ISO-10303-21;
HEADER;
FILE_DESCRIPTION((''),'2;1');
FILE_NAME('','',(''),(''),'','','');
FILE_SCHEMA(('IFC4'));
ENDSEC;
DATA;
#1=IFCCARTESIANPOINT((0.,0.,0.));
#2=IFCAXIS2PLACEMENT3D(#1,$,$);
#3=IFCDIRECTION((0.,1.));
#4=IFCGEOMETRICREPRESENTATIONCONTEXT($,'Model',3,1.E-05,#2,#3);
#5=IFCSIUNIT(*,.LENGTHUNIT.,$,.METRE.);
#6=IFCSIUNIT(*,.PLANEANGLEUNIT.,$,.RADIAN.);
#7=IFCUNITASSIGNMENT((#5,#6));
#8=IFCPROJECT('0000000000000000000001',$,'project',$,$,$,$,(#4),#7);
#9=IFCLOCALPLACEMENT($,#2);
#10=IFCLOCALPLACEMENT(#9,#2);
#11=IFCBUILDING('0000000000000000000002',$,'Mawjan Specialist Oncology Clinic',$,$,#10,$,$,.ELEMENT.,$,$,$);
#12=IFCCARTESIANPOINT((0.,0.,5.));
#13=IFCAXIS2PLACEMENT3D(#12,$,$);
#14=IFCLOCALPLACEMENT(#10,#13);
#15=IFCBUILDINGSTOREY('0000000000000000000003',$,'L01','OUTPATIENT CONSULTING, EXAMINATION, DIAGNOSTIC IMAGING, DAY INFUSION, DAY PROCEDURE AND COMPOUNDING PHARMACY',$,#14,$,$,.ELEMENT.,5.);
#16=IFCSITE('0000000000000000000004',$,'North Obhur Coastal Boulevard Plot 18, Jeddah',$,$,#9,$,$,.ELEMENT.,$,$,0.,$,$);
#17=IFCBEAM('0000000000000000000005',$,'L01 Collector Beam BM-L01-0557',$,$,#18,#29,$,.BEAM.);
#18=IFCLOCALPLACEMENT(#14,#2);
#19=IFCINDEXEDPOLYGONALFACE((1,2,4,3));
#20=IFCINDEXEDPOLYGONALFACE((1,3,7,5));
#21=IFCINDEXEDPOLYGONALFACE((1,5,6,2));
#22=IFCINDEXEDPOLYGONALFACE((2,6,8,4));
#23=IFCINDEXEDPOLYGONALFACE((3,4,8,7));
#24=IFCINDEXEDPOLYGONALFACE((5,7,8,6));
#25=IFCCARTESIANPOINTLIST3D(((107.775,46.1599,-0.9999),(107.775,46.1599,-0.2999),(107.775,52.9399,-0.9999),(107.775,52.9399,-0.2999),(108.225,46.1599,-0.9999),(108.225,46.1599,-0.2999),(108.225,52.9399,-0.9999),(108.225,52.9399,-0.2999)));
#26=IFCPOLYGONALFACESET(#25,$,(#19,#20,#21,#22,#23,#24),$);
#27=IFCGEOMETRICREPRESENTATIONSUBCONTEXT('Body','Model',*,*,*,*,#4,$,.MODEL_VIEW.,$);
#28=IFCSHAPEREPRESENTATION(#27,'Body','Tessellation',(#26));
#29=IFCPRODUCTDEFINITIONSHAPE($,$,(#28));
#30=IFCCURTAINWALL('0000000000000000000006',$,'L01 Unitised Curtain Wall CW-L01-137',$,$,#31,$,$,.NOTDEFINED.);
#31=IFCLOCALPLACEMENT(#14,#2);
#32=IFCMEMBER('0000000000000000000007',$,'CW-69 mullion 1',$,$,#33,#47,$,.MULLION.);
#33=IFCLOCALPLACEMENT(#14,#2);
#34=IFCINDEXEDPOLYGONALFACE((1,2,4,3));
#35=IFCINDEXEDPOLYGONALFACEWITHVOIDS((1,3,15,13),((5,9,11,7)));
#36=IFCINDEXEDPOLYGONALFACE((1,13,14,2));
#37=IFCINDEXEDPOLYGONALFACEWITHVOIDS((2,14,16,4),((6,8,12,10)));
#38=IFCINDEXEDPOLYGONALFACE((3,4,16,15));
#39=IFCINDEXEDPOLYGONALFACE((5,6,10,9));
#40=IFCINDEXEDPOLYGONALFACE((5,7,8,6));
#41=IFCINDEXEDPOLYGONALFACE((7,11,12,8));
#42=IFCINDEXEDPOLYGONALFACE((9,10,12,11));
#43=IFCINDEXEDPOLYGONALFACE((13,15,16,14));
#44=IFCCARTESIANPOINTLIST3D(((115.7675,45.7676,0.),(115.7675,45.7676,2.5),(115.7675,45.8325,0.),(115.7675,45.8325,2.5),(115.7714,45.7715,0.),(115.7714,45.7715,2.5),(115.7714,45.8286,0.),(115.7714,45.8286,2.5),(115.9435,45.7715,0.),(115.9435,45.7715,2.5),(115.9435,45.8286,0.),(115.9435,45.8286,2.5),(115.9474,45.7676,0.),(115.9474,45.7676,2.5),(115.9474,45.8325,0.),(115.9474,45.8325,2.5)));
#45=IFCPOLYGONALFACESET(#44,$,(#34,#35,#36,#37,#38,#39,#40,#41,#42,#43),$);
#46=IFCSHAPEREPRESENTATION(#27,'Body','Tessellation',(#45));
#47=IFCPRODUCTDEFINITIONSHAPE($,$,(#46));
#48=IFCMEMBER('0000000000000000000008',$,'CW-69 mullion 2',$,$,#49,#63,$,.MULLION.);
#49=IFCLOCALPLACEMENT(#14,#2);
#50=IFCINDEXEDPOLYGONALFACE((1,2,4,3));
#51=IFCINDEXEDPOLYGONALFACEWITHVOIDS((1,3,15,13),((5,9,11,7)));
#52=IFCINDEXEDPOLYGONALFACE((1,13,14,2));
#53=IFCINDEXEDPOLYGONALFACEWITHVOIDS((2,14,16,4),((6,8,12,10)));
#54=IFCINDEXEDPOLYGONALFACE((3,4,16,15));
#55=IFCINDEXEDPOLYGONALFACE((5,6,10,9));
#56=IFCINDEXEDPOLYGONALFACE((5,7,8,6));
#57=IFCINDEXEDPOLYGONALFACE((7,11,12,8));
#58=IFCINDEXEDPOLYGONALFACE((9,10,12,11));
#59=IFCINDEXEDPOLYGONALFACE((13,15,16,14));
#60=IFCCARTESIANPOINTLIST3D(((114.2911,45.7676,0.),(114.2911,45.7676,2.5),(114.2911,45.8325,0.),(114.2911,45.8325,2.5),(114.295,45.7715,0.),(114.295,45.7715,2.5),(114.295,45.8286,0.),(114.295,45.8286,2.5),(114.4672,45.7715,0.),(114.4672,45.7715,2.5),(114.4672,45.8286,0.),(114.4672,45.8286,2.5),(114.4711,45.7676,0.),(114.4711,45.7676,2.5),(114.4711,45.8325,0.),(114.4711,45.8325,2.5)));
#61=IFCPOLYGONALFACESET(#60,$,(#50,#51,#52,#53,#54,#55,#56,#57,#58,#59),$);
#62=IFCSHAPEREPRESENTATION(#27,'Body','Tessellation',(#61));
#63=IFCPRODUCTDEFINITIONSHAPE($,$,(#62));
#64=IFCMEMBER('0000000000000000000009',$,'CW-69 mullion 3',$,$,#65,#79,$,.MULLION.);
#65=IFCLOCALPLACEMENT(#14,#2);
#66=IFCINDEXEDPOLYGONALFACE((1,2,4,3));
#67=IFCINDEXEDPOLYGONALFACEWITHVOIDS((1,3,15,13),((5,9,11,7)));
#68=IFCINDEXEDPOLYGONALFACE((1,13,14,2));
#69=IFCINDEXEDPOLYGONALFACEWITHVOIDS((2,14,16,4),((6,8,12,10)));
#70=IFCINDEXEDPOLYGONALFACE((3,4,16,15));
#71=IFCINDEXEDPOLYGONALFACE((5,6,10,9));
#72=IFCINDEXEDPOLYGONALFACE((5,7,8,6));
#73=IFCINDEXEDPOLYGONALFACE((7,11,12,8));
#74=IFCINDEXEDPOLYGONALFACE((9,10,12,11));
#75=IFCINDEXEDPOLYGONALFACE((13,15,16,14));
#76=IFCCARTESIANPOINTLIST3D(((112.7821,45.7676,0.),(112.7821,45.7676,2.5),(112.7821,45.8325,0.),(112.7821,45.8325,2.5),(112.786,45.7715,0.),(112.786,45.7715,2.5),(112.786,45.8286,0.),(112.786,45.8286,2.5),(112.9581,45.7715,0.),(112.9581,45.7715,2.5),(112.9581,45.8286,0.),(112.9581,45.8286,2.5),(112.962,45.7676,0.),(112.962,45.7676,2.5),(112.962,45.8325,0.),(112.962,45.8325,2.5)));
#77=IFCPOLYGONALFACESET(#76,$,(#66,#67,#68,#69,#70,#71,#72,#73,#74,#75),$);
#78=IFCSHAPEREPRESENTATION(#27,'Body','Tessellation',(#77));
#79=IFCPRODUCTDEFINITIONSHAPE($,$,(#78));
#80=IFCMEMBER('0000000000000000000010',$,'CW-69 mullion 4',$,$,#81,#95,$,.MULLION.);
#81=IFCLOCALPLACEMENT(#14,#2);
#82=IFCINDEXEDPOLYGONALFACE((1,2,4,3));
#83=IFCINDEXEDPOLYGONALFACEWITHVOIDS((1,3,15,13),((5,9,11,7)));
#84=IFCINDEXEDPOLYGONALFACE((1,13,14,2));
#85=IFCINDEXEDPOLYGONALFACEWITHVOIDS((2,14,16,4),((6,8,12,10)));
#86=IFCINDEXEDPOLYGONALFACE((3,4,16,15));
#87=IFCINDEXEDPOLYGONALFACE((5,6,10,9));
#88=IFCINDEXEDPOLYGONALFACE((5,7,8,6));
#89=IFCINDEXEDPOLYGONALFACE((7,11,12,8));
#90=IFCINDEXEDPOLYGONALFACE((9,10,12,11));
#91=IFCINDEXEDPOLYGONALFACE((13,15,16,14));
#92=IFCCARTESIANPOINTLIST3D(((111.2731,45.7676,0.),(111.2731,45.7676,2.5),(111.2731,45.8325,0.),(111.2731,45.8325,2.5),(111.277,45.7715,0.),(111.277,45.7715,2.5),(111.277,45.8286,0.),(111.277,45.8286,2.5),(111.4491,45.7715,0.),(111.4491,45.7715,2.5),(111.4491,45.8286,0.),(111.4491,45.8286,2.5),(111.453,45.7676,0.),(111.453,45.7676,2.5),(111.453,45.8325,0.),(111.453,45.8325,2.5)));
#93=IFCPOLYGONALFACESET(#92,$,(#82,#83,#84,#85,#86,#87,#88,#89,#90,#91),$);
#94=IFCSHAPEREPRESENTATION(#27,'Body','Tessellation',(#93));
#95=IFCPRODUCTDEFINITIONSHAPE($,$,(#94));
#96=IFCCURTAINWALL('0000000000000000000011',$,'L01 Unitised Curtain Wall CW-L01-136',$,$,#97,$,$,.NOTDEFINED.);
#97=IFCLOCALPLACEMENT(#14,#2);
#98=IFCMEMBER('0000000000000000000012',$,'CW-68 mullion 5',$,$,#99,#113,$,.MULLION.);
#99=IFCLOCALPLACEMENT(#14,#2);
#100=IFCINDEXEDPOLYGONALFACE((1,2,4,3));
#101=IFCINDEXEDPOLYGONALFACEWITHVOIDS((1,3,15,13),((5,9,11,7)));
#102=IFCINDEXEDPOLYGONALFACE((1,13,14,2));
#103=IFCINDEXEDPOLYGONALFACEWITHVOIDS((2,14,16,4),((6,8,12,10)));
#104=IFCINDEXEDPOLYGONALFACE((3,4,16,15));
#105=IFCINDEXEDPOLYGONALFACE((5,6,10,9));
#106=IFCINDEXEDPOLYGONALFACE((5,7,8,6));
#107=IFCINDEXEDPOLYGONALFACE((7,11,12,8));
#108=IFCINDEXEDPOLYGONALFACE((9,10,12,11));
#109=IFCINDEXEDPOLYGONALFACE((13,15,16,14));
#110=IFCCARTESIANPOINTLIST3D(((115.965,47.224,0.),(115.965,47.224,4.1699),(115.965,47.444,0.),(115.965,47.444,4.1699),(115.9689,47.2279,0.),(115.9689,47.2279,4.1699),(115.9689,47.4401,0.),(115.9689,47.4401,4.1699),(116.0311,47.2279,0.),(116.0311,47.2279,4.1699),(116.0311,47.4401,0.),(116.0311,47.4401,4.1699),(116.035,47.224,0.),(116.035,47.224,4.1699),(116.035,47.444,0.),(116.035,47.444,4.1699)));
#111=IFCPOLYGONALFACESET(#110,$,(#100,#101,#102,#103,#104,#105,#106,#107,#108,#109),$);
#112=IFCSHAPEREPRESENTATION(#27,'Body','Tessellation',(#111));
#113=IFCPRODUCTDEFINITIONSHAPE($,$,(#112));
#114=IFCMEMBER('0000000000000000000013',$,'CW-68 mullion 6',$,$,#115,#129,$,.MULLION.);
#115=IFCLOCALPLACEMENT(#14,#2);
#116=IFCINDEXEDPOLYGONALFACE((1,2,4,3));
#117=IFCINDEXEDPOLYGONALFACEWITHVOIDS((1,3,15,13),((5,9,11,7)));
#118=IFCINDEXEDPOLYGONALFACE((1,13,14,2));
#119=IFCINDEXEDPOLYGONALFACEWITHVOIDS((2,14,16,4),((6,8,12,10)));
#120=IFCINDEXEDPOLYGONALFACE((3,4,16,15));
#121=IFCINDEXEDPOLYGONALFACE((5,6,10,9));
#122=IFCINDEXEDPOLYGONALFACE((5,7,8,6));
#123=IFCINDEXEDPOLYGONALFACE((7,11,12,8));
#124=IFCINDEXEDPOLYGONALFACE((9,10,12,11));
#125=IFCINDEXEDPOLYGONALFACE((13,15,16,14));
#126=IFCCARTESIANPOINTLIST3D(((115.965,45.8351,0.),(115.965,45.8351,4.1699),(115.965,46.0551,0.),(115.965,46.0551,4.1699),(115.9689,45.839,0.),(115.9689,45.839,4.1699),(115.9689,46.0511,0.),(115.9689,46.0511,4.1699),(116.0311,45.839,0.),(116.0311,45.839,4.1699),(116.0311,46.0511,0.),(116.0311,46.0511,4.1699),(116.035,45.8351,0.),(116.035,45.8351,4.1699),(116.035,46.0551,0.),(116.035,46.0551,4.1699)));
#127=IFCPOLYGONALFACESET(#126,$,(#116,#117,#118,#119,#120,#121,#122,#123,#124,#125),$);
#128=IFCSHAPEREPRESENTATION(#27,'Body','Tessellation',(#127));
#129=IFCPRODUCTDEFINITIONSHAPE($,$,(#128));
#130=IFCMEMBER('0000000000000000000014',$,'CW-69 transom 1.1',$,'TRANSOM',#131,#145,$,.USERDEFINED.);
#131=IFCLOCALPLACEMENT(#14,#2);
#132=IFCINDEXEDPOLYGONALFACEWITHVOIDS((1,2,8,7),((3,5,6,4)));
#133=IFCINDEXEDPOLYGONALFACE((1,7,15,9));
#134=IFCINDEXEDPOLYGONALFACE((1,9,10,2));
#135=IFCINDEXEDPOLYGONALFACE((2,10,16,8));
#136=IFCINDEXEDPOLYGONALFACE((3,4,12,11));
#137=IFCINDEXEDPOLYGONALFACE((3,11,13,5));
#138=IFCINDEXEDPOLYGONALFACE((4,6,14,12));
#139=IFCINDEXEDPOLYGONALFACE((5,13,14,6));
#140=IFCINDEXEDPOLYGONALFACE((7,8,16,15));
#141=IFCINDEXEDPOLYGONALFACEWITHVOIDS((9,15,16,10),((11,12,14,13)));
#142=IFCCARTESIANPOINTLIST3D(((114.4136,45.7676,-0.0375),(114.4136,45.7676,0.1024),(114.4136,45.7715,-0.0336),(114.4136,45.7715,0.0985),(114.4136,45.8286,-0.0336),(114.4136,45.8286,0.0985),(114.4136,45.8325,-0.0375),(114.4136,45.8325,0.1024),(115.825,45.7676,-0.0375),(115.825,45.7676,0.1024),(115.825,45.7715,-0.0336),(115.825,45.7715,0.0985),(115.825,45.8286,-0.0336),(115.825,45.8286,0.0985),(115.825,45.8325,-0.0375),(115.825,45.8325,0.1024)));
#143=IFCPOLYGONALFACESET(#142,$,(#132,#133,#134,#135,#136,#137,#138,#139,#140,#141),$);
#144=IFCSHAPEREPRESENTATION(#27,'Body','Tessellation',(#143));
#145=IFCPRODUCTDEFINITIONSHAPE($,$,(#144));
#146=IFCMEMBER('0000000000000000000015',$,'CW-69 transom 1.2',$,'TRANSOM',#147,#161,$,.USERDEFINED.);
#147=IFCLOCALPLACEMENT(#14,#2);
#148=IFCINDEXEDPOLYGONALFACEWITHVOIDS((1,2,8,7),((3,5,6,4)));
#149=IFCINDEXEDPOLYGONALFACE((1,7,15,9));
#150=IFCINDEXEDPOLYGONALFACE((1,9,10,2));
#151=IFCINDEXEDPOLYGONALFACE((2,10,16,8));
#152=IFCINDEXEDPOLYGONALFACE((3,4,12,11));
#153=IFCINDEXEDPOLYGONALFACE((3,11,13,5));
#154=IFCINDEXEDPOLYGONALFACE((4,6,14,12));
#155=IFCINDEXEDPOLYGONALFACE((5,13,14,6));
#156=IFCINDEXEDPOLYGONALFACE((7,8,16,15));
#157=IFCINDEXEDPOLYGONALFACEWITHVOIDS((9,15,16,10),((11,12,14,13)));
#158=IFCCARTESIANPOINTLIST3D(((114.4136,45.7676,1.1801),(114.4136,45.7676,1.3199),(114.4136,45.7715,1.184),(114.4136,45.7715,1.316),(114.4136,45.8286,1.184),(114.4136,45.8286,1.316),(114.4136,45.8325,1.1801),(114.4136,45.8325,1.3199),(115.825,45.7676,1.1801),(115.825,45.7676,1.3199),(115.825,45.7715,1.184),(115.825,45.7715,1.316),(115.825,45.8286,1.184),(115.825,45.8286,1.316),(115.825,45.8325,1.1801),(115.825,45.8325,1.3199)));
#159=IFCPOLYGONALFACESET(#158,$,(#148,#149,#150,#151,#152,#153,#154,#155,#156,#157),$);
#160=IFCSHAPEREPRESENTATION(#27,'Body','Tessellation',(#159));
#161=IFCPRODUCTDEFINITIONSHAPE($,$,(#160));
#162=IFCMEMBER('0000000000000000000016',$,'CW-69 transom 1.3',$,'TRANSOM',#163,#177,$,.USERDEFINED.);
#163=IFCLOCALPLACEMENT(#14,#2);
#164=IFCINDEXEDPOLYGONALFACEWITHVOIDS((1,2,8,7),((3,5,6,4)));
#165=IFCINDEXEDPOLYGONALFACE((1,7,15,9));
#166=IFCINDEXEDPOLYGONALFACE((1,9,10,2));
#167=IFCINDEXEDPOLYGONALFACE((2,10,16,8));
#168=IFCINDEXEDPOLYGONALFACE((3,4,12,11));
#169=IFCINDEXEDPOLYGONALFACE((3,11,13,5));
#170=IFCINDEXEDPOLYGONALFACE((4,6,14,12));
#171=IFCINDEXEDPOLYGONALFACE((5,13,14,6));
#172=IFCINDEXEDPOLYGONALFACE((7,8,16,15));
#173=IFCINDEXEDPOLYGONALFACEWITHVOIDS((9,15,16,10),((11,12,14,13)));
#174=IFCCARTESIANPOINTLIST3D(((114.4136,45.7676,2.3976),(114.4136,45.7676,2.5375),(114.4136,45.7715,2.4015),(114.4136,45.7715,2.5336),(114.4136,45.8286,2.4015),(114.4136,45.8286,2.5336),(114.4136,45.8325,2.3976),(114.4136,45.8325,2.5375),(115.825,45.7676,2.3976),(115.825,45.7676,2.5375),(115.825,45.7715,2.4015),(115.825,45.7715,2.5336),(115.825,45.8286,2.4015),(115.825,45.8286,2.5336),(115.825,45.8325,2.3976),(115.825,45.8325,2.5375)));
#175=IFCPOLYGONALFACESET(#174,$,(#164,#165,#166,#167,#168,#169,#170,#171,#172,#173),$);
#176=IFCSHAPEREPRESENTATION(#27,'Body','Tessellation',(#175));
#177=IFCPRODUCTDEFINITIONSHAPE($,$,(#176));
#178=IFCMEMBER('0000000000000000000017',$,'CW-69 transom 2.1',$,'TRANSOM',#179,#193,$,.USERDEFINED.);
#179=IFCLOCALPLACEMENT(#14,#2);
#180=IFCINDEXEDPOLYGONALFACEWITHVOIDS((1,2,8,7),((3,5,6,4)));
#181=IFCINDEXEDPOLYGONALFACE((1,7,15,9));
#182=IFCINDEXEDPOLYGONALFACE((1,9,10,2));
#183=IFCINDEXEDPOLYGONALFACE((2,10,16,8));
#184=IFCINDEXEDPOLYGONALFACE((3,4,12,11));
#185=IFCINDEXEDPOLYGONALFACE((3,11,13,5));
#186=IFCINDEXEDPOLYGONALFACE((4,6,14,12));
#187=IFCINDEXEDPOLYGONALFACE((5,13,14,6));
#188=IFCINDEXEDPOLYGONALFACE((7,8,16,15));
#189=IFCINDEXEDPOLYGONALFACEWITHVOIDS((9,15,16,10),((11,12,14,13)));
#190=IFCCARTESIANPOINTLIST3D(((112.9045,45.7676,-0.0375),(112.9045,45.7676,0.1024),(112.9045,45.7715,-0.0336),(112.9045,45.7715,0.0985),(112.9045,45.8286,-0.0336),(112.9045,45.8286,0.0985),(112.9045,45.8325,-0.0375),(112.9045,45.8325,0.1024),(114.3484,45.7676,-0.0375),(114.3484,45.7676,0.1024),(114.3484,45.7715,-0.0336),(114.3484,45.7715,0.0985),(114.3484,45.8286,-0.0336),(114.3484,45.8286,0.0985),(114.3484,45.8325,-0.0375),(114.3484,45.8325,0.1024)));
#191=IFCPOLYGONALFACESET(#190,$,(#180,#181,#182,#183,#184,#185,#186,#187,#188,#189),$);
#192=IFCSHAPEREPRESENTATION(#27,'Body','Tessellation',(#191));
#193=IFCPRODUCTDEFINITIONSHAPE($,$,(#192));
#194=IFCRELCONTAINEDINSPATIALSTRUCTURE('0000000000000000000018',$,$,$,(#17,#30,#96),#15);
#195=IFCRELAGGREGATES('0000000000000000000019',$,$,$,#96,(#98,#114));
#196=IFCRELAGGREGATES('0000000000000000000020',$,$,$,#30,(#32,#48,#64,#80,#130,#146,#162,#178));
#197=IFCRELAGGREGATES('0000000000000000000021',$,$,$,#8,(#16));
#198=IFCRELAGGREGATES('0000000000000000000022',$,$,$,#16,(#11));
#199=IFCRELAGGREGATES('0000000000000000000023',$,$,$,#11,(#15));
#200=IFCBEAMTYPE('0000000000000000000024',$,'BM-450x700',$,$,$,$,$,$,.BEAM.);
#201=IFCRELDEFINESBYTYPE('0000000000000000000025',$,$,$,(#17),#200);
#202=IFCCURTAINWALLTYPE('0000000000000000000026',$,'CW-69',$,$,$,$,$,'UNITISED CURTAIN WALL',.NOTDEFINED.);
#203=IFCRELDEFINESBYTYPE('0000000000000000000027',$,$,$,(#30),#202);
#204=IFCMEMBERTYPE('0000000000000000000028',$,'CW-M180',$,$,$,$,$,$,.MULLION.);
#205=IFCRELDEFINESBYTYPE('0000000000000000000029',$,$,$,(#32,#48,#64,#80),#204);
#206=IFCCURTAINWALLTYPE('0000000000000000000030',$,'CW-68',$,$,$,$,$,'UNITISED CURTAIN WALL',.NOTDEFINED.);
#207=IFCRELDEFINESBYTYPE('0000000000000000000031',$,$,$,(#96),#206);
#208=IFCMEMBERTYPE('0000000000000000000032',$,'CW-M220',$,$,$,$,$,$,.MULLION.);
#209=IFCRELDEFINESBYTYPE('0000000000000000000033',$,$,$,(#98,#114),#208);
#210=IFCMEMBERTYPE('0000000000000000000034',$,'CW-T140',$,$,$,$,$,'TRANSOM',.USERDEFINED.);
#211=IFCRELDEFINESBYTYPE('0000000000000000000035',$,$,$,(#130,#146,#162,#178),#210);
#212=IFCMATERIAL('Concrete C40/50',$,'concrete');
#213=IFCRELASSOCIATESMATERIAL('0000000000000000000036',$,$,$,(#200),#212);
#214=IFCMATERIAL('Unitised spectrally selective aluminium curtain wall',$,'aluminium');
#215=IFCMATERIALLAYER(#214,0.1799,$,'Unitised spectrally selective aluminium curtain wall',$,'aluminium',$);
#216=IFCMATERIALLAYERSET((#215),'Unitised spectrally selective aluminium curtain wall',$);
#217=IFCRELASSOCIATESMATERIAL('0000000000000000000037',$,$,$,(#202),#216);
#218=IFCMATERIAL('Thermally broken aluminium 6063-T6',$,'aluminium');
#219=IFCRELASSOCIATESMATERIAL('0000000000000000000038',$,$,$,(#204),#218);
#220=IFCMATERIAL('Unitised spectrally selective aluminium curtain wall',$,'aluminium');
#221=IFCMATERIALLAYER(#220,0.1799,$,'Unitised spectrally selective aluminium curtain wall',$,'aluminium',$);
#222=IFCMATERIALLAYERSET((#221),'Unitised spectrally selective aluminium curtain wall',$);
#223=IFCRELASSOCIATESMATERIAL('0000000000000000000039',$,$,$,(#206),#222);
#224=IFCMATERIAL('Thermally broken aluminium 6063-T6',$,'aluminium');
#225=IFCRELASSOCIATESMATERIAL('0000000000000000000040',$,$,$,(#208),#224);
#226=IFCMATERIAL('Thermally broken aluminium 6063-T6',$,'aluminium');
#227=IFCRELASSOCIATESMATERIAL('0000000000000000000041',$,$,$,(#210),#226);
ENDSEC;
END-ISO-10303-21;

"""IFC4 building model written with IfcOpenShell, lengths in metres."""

from ifc_helpers import new_model, si_unit, direction, frame, origin, origin_2d, place, context, subcontext, project, spatial, rectangle, hollow_rectangle, extrude, material, layer, layer_set, material_profile, profile_set, type_object, element, aggregate, save


model = new_model("IFC4")

# Units and contexts
model_context = context("Model", 3, precision=1e-05, world=origin(), true_north=direction((0.0, 1.0)))
body_context = subcontext(model_context, "Body", "Model", "MODEL_VIEW")
ifc_project = project(units=[si_unit("LENGTHUNIT", "METRE"), si_unit("PLANEANGLEUNIT", "RADIAN")], contexts=[model_context])

# Site, building, storey
site_placement = place(None, origin())
site = spatial("IfcSite", under=ifc_project, at=site_placement, Name="North Obhur Coastal Boulevard Plot 18, Jeddah", CompositionType="ELEMENT", RefElevation=0.0)
building_placement = place(site_placement, origin())
building = spatial("IfcBuilding", under=site, at=building_placement, Name="Mawjan Specialist Oncology Clinic", CompositionType="ELEMENT")
storey_placement = place(building_placement, frame((0.0, 0.0, 5.0)))
storey = spatial("IfcBuildingStorey", under=building, at=storey_placement, Name="L01", Description="OUTPATIENT CONSULTING, EXAMINATION, DIAGNOSTIC IMAGING, DAY INFUSION, DAY PROCEDURE AND COMPOUNDING PHARMACY", CompositionType="ELEMENT", Elevation=5.0)

# Beam
ifc_material_1 = material(Name="Concrete C40/50", Category="concrete")
ifc_material_profile_1 = material_profile(ifc_material_1, rectangle(XDim=0.45, YDim=0.7, at=origin_2d()), Name="RC BM 450x700", Category="concrete")
ifc_profile_set_1 = profile_set([ifc_material_profile_1], Name="Concrete C40/50")
beam_type = type_object("IfcBeamType", Name="BM-450x700", PredefinedType="BEAM", material=ifc_profile_set_1)
beam_placement = place(storey_placement, frame((108.0, 46.1599, -0.6499), z_axis=(0.0, 1.0, 0.0), x_axis=(-1.0, 0.0, 0.0)))
element("IfcBeam", 1, at=beam_placement, inside=storey, type_object=beam_type, Name="L01 Collector Beam BM-L01-0557", PredefinedType="BEAM", context=body_context, shape_type="SweptSolid", body=[
    extrude(rectangle(XDim=0.45, YDim=0.7, at=origin_2d()), origin(), (0.0, 0.0, 1.0), 6.78),
])

# Curtain walls, members
ifc_material_2 = material(Name="Unitised spectrally selective aluminium curtain wall", Category="aluminium")
ifc_layer_1 = layer(ifc_material_2, 0.1799, Name="Unitised spectrally selective aluminium curtain wall", Category="aluminium")
ifc_layer_set_1 = layer_set([ifc_layer_1], Name="Unitised spectrally selective aluminium curtain wall")
curtain_wall_type_1 = type_object("IfcCurtainWallType", Name="CW-69", ElementType="UNITISED CURTAIN WALL", PredefinedType="NOTDEFINED", material=ifc_layer_set_1)
curtain_wall_1_placement = place(storey_placement, origin())
curtain_wall_1 = element("IfcCurtainWall", 2, at=curtain_wall_1_placement, inside=storey, type_object=curtain_wall_type_1, Name="L01 Unitised Curtain Wall CW-L01-137", PredefinedType="NOTDEFINED")
ifc_material_3 = material(Name="Thermally broken aluminium 6063-T6", Category="aluminium")
ifc_material_profile_2 = material_profile(ifc_material_3, hollow_rectangle(XDim=0.0649, YDim=0.1799, WallThickness=0.0039, at=origin_2d()), Name="ALU MULLION 180x65x4", Category="aluminium")
ifc_profile_set_2 = profile_set([ifc_material_profile_2], Name="Thermally broken aluminium 6063-T6")
member_type_1 = type_object("IfcMemberType", Name="CW-M180", PredefinedType="MULLION", material=ifc_profile_set_2)
member_1_placement = place(storey_placement, frame((115.8574, 45.8, 0.0), z_axis=(0.0, 0.0, 1.0), x_axis=(0.0, -1.0, 0.0)))
member_1 = element("IfcMember", 3, at=member_1_placement, type_object=member_type_1, Name="CW-69 mullion 1", PredefinedType="MULLION", context=body_context, shape_type="SweptSolid", body=[
    extrude(hollow_rectangle(XDim=0.0649, YDim=0.1799, WallThickness=0.0039, at=origin_2d()), origin(), (0.0, 0.0, 1.0), 2.5),
])
member_2_placement = place(storey_placement, frame((114.3811, 45.8, 0.0), z_axis=(0.0, 0.0, 1.0), x_axis=(0.0, -1.0, 0.0)))
member_2 = element("IfcMember", 4, at=member_2_placement, type_object=member_type_1, Name="CW-69 mullion 2", PredefinedType="MULLION", context=body_context, shape_type="SweptSolid", body=[
    extrude(hollow_rectangle(XDim=0.0649, YDim=0.1799, WallThickness=0.0039, at=origin_2d()), origin(), (0.0, 0.0, 1.0), 2.5),
])
member_3_placement = place(storey_placement, frame((112.8721, 45.8, 0.0), z_axis=(0.0, 0.0, 1.0), x_axis=(0.0, -1.0, 0.0)))
member_3 = element("IfcMember", 5, at=member_3_placement, type_object=member_type_1, Name="CW-69 mullion 3", PredefinedType="MULLION", context=body_context, shape_type="SweptSolid", body=[
    extrude(hollow_rectangle(XDim=0.0649, YDim=0.1799, WallThickness=0.0039, at=origin_2d()), origin(), (0.0, 0.0, 1.0), 2.5),
])
member_4_placement = place(storey_placement, frame((111.363, 45.8, 0.0), z_axis=(0.0, 0.0, 1.0), x_axis=(0.0, -1.0, 0.0)))
member_4 = element("IfcMember", 6, at=member_4_placement, type_object=member_type_1, Name="CW-69 mullion 4", PredefinedType="MULLION", context=body_context, shape_type="SweptSolid", body=[
    extrude(hollow_rectangle(XDim=0.0649, YDim=0.1799, WallThickness=0.0039, at=origin_2d()), origin(), (0.0, 0.0, 1.0), 2.5),
])
ifc_material_4 = material(Name="Unitised spectrally selective aluminium curtain wall", Category="aluminium")
ifc_layer_2 = layer(ifc_material_4, 0.1799, Name="Unitised spectrally selective aluminium curtain wall", Category="aluminium")
ifc_layer_set_2 = layer_set([ifc_layer_2], Name="Unitised spectrally selective aluminium curtain wall")
curtain_wall_type_2 = type_object("IfcCurtainWallType", Name="CW-68", ElementType="UNITISED CURTAIN WALL", PredefinedType="NOTDEFINED", material=ifc_layer_set_2)
curtain_wall_2_placement = place(storey_placement, origin())
curtain_wall_2 = element("IfcCurtainWall", 7, at=curtain_wall_2_placement, inside=storey, type_object=curtain_wall_type_2, Name="L01 Unitised Curtain Wall CW-L01-136", PredefinedType="NOTDEFINED")
ifc_material_5 = material(Name="Thermally broken aluminium 6063-T6", Category="aluminium")
ifc_material_profile_3 = material_profile(ifc_material_5, hollow_rectangle(XDim=0.0701, YDim=0.22, WallThickness=0.0039, at=origin_2d()), Name="ALU MULLION 220x70x4", Category="aluminium")
ifc_profile_set_3 = profile_set([ifc_material_profile_3], Name="Thermally broken aluminium 6063-T6")
member_type_2 = type_object("IfcMemberType", Name="CW-M220", PredefinedType="MULLION", material=ifc_profile_set_3)
member_5_placement = place(storey_placement, frame((116.0, 47.334, 0.0), z_axis=(0.0, 0.0, 1.0), x_axis=(1.0, 0.0, 0.0)))
member_5 = element("IfcMember", 8, at=member_5_placement, type_object=member_type_2, Name="CW-68 mullion 5", PredefinedType="MULLION", context=body_context, shape_type="SweptSolid", body=[
    extrude(hollow_rectangle(XDim=0.0701, YDim=0.22, WallThickness=0.0039, at=origin_2d()), origin(), (0.0, 0.0, 1.0), 4.1699),
])
member_6_placement = place(storey_placement, frame((116.0, 45.9451, 0.0), z_axis=(0.0, 0.0, 1.0), x_axis=(1.0, 0.0, 0.0)))
member_6 = element("IfcMember", 9, at=member_6_placement, type_object=member_type_2, Name="CW-68 mullion 6", PredefinedType="MULLION", context=body_context, shape_type="SweptSolid", body=[
    extrude(hollow_rectangle(XDim=0.0701, YDim=0.22, WallThickness=0.0039, at=origin_2d()), origin(), (0.0, 0.0, 1.0), 4.1699),
])

# Members
ifc_material_6 = material(Name="Thermally broken aluminium 6063-T6", Category="aluminium")
ifc_material_profile_4 = material_profile(ifc_material_6, hollow_rectangle(XDim=0.0649, YDim=0.1399, WallThickness=0.0039, at=origin_2d()), Name="ALU TRANSOM 140x65x4", Category="aluminium")
ifc_profile_set_4 = profile_set([ifc_material_profile_4], Name="Thermally broken aluminium 6063-T6")
member_type_3 = type_object("IfcMemberType", Name="CW-T140", ElementType="TRANSOM", PredefinedType="USERDEFINED", material=ifc_profile_set_4)
member_7_placement = place(storey_placement, frame((115.825, 45.8, 0.0325), z_axis=(-1.0, 0.0, 0.0), x_axis=(0.0, -1.0, 0.0)))
member_7 = element("IfcMember", 10, at=member_7_placement, type_object=member_type_3, Name="CW-69 transom 1.1", ObjectType="TRANSOM", PredefinedType="USERDEFINED", context=body_context, shape_type="SweptSolid", body=[
    extrude(hollow_rectangle(XDim=0.0649, YDim=0.1399, WallThickness=0.0039, at=origin_2d()), origin(), (0.0, 0.0, 1.0), 1.4114),
])
member_8_placement = place(storey_placement, frame((115.825, 45.8, 1.25), z_axis=(-1.0, 0.0, 0.0), x_axis=(0.0, -1.0, 0.0)))
member_8 = element("IfcMember", 11, at=member_8_placement, type_object=member_type_3, Name="CW-69 transom 1.2", ObjectType="TRANSOM", PredefinedType="USERDEFINED", context=body_context, shape_type="SweptSolid", body=[
    extrude(hollow_rectangle(XDim=0.0649, YDim=0.1399, WallThickness=0.0039, at=origin_2d()), origin(), (0.0, 0.0, 1.0), 1.4114),
])
member_9_placement = place(storey_placement, frame((115.825, 45.8, 2.4675), z_axis=(-1.0, 0.0, 0.0), x_axis=(0.0, -1.0, 0.0)))
member_9 = element("IfcMember", 12, at=member_9_placement, type_object=member_type_3, Name="CW-69 transom 1.3", ObjectType="TRANSOM", PredefinedType="USERDEFINED", context=body_context, shape_type="SweptSolid", body=[
    extrude(hollow_rectangle(XDim=0.0649, YDim=0.1399, WallThickness=0.0039, at=origin_2d()), origin(), (0.0, 0.0, 1.0), 1.4114),
])
member_10_placement = place(storey_placement, frame((114.3484, 45.8, 0.0325), z_axis=(-1.0, 0.0, 0.0), x_axis=(0.0, -1.0, 0.0)))
member_10 = element("IfcMember", 13, at=member_10_placement, type_object=member_type_3, Name="CW-69 transom 2.1", ObjectType="TRANSOM", PredefinedType="USERDEFINED", context=body_context, shape_type="SweptSolid", body=[
    extrude(hollow_rectangle(XDim=0.0649, YDim=0.1399, WallThickness=0.0039, at=origin_2d()), origin(), (0.0, 0.0, 1.0), 1.4438),
])

aggregate(curtain_wall_2, [member_5, member_6])
aggregate(curtain_wall_1, [member_1, member_2, member_3, member_4, member_7, member_8, member_9, member_10])

save(model, "model.ifc")
